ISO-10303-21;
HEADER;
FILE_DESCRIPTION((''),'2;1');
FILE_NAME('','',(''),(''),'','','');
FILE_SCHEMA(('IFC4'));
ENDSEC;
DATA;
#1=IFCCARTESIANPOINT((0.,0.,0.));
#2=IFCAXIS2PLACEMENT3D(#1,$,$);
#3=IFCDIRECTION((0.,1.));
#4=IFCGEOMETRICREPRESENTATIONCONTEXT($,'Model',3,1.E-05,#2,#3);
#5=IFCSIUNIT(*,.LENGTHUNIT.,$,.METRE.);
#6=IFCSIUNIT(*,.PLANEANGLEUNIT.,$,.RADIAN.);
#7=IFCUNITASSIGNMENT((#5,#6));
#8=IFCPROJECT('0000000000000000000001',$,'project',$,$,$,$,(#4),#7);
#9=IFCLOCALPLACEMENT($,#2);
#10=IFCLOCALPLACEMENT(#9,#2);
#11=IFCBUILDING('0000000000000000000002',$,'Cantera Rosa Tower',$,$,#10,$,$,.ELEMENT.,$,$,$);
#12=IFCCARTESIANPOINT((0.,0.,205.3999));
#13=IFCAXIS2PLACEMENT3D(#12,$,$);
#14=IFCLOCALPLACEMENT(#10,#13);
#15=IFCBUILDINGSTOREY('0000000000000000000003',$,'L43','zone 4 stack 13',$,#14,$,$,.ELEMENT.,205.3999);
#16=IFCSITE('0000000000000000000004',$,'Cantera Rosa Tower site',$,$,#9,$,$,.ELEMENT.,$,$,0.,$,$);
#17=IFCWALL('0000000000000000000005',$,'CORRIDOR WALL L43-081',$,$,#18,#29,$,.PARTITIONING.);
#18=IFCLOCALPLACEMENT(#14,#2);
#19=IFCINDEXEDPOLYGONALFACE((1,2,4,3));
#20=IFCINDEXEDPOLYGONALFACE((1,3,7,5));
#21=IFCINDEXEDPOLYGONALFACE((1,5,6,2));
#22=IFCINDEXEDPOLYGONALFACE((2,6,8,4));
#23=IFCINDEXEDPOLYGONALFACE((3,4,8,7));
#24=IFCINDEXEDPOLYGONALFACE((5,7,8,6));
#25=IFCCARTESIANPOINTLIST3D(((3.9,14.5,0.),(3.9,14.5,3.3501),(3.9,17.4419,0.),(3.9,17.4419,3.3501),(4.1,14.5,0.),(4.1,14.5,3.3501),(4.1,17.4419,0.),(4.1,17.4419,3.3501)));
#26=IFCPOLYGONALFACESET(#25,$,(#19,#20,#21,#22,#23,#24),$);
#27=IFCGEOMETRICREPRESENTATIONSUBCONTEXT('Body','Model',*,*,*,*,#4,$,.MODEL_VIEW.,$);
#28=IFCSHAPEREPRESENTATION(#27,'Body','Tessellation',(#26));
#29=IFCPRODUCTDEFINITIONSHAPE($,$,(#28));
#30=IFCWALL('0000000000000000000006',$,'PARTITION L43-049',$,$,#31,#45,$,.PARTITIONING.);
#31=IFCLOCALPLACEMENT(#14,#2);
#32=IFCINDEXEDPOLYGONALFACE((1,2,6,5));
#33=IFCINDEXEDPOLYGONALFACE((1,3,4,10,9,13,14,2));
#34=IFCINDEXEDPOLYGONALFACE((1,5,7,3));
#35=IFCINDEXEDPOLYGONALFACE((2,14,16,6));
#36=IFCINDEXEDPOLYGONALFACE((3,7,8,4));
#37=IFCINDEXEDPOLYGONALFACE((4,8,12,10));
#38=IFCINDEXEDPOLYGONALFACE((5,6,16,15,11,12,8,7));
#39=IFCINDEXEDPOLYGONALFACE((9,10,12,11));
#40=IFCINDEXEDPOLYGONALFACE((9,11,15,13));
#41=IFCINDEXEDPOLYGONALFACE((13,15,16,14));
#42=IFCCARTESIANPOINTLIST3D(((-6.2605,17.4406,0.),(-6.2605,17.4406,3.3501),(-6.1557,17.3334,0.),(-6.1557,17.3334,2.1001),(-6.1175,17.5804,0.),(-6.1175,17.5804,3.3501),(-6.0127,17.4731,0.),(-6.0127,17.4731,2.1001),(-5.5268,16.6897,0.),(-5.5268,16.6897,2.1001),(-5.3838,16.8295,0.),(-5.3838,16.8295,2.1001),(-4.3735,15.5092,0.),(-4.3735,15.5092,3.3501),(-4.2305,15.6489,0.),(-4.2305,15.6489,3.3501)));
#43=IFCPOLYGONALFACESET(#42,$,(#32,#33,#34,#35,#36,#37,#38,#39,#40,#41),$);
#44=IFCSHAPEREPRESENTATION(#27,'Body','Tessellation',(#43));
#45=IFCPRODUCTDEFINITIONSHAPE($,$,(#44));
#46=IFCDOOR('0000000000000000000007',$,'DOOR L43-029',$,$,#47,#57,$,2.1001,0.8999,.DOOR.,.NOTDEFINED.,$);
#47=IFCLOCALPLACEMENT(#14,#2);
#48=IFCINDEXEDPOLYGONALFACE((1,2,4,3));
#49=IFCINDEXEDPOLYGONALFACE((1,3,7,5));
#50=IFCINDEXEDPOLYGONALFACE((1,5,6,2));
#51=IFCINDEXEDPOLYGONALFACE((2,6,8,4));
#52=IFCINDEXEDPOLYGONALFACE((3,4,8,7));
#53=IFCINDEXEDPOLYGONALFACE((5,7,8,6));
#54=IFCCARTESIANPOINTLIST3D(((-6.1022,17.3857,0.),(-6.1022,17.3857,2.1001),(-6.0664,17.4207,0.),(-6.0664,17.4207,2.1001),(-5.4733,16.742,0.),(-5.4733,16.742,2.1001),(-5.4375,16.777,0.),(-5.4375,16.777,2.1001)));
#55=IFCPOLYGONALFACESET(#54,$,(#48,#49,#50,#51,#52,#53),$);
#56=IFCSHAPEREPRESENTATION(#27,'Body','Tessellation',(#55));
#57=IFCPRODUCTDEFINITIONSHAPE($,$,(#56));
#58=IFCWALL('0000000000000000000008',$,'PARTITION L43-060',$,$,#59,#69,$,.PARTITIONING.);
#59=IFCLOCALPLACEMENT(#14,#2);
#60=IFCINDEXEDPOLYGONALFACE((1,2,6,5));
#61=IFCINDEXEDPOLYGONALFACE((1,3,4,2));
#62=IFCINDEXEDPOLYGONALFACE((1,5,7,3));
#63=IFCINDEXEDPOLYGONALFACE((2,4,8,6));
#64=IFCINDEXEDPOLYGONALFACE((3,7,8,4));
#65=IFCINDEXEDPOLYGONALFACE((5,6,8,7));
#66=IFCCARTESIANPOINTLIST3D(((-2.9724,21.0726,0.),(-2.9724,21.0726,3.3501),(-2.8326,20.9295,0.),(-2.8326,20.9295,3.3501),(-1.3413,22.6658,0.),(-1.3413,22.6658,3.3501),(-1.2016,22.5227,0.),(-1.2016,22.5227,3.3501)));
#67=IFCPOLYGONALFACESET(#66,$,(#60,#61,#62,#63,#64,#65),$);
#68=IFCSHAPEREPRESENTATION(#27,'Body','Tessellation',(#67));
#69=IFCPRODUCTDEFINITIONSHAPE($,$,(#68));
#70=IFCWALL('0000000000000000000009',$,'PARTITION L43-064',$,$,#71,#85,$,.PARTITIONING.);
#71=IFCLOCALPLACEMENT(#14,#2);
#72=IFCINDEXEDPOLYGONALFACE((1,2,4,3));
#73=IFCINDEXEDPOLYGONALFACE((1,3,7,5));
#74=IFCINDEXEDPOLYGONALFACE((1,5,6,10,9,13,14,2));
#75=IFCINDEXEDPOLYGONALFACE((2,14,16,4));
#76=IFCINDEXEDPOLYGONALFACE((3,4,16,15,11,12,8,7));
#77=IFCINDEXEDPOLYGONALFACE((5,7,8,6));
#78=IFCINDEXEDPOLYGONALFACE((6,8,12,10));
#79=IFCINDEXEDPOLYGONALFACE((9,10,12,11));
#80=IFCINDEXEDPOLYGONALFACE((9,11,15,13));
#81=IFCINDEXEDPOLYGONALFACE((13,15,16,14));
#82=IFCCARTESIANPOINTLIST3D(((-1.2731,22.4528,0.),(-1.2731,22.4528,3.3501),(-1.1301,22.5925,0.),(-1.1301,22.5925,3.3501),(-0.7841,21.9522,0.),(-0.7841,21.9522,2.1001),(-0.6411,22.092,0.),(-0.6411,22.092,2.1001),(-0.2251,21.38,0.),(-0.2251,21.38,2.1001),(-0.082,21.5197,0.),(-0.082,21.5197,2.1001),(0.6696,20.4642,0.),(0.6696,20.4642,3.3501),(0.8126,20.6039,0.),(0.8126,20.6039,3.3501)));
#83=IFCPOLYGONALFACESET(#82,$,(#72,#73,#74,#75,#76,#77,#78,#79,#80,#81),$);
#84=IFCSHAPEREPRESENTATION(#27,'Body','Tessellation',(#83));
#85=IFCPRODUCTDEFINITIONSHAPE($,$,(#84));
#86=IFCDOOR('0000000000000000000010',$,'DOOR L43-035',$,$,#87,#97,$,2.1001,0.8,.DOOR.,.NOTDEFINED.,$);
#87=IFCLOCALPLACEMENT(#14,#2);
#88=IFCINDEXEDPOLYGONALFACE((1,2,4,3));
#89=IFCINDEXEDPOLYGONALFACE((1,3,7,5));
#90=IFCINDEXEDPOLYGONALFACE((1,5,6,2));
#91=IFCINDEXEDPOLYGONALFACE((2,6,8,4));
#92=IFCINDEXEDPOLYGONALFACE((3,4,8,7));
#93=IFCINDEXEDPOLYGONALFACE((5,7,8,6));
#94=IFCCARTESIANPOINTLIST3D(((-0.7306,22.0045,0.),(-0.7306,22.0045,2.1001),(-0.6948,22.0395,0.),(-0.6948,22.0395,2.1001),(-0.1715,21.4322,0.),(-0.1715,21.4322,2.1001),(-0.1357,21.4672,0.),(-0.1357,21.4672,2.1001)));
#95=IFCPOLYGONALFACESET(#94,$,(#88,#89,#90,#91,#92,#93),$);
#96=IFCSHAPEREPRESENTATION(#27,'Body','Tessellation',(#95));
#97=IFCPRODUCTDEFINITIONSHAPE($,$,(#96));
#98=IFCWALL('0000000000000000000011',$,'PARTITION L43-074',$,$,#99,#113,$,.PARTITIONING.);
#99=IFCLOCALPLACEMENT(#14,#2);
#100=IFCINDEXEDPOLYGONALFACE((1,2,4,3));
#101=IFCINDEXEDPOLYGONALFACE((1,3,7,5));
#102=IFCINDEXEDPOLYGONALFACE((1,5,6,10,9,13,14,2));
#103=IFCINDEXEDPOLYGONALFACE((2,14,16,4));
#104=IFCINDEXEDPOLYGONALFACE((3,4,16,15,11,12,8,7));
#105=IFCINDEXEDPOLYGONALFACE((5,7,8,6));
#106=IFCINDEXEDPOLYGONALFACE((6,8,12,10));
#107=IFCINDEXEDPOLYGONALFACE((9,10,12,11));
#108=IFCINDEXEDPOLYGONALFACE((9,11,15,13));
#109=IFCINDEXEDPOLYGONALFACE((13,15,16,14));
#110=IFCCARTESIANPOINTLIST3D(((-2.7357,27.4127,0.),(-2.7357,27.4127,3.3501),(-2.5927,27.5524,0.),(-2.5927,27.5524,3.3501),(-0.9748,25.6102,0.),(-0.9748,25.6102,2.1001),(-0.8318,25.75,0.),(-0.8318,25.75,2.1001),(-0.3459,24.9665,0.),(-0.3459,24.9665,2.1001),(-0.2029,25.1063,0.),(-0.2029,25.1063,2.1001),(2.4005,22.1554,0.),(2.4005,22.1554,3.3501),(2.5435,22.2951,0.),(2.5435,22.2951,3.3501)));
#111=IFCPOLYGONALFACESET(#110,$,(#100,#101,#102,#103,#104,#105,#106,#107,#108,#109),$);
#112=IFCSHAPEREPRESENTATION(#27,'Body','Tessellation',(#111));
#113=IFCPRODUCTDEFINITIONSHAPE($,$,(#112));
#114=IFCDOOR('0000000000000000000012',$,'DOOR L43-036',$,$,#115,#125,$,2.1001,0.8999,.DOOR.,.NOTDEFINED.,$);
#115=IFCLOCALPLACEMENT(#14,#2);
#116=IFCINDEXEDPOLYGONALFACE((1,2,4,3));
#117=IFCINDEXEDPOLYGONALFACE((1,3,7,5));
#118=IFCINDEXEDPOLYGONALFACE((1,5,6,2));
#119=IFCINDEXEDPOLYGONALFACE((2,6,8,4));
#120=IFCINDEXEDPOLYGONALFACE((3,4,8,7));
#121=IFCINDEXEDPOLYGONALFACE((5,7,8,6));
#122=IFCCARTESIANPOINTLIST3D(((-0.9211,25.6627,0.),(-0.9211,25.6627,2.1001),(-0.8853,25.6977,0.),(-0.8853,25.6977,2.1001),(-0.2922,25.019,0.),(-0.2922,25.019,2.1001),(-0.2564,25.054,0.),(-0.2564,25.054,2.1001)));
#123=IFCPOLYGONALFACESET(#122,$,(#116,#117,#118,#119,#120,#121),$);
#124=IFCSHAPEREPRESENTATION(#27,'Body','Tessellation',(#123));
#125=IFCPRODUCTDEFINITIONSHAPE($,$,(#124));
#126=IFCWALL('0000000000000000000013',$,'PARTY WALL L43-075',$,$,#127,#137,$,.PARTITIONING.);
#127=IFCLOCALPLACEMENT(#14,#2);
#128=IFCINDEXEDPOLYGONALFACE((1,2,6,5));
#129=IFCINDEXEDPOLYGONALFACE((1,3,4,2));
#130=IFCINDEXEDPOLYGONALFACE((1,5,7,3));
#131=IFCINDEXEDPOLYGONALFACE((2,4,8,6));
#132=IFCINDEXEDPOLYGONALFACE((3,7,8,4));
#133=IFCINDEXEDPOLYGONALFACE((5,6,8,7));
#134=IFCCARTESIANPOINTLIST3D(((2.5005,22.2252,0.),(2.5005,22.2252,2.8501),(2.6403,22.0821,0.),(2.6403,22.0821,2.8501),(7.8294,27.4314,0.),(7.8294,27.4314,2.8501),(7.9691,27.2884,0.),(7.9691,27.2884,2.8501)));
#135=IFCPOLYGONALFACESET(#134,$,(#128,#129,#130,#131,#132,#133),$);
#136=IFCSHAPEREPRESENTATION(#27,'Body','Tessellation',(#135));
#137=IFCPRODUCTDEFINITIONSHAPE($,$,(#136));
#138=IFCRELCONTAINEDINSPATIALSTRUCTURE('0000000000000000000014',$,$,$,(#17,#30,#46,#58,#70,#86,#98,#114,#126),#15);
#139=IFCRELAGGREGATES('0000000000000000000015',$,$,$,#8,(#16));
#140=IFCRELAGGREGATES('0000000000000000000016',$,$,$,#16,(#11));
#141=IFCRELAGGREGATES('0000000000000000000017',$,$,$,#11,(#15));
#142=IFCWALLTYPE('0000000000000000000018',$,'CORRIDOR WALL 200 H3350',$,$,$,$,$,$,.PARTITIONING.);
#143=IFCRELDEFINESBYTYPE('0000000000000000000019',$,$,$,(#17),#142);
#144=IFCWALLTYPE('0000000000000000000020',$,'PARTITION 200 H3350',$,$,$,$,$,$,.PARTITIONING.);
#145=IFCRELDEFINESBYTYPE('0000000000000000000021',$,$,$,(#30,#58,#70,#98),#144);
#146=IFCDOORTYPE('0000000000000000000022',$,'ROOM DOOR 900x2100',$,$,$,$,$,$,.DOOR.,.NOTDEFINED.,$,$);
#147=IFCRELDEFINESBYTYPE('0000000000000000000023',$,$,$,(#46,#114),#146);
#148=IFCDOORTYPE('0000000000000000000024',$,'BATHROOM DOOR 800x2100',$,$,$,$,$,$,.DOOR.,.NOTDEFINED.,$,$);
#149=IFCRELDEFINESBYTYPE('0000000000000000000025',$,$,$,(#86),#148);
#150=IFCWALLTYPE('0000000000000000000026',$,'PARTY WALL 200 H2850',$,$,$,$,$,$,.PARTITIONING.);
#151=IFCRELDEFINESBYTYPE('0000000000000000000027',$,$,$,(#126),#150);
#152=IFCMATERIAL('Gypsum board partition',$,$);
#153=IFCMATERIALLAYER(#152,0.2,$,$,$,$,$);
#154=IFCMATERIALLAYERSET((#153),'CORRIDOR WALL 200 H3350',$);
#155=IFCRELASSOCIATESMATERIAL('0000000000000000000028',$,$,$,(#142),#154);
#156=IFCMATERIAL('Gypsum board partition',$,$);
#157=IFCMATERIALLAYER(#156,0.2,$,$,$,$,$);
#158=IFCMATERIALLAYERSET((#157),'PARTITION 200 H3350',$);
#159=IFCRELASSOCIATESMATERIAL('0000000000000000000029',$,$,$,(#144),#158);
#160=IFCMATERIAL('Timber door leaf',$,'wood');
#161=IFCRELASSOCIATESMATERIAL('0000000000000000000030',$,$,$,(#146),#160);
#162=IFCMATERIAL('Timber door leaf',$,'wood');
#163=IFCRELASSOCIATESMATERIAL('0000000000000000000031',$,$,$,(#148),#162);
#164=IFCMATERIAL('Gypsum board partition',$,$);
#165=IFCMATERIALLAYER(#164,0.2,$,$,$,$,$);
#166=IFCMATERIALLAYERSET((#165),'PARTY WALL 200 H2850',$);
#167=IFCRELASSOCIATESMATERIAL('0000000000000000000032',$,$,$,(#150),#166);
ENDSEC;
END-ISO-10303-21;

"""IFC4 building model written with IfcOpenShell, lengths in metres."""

from ifc_helpers import new_model, si_unit, direction, frame, frame_2d, origin, place, context, subcontext, project, spatial, rectangle, extrude, material, layer, layer_set, type_object, element, fill, save


model = new_model("IFC4")

# Units and contexts
model_context = context("Model", 3, precision=1e-05, world=origin(), true_north=direction((0.0, 1.0)))
body_context = subcontext(model_context, "Body", "Model", "MODEL_VIEW")
ifc_project = project(units=[si_unit("LENGTHUNIT", "METRE"), si_unit("PLANEANGLEUNIT", "RADIAN")], contexts=[model_context])

# Site, building, storey
site_placement = place(None, origin())
site = spatial("IfcSite", under=ifc_project, at=site_placement, Name="Cantera Rosa Tower site", CompositionType="ELEMENT", RefElevation=0.0)
building_placement = place(site_placement, origin())
building = spatial("IfcBuilding", under=site, at=building_placement, Name="Cantera Rosa Tower", CompositionType="ELEMENT")
storey_placement = place(building_placement, frame((0.0, 0.0, 205.3999)))
storey = spatial("IfcBuildingStorey", under=building, at=storey_placement, Name="L43", Description="zone 4 stack 13", CompositionType="ELEMENT", Elevation=205.3999)

# Shared definitions
ifc_material_1 = material(Name="Gypsum board partition")
ifc_layer_1 = layer(ifc_material_1, 0.2)
ifc_layer_set_1 = layer_set([ifc_layer_1], Name="CORRIDOR WALL 200 H3350")
wall_type_1 = type_object("IfcWallType", Name="CORRIDOR WALL 200 H3350", PredefinedType="PARTITIONING", material=ifc_layer_set_1)

# Wall
wall_1_placement = place(storey_placement, frame((4.0, 14.5, 0.0), z_axis=(0.0, 0.0, 1.0), x_axis=(0.0, 1.0, 0.0)))
element("IfcWall", 1, at=wall_1_placement, inside=storey, type_object=wall_type_1, Name="CORRIDOR WALL L43-081", PredefinedType="PARTITIONING", context=body_context, shape_type="SweptSolid", body=[
    extrude(rectangle(XDim=2.9419, YDim=0.2, at=frame_2d((1.4709, 0.0))), origin(), (0.0, 0.0, 1.0), 3.3501),
])

# Wall, opening, door
ifc_material_2 = material(Name="Gypsum board partition")
ifc_layer_2 = layer(ifc_material_2, 0.2)
ifc_layer_set_2 = layer_set([ifc_layer_2], Name="PARTITION 200 H3350")
wall_type_2 = type_object("IfcWallType", Name="PARTITION 200 H3350", PredefinedType="PARTITIONING", material=ifc_layer_set_2)
wall_2_placement = place(storey_placement, frame((-6.189, 17.5105, 0.0), z_axis=(0.0, 0.0, 1.0), x_axis=(0.698831, -0.715287, 0.0)))
wall_2 = element("IfcWall", 2, at=wall_2_placement, inside=storey, type_object=wall_type_2, Name="PARTITION L43-049", PredefinedType="PARTITIONING", context=body_context, shape_type="SweptSolid", body=[
    extrude(rectangle(XDim=2.7002, YDim=0.2, at=frame_2d((1.3501, 0.0))), origin(), (0.0, 0.0, 1.0), 3.3501),
])
opening_1_placement = place(wall_2_placement, frame((0.1499, 0.0, 0.0)))
opening_1 = element("IfcOpeningElement", 3, at=opening_1_placement, cuts=wall_2, PredefinedType="OPENING", context=body_context, shape_type="SweptSolid", body=[
    extrude(rectangle(XDim=0.8999, YDim=2.1001, at=frame_2d((0.45, 1.05))), frame((0.0, 0.1099, 0.0), z_axis=(0.0, -1.0, 0.0), x_axis=(1.0, 0.0, 0.0)), (0.0, 0.0, 1.0), 0.22),
])
ifc_material_3 = material(Name="Timber door leaf", Category="wood")
door_type_1 = type_object("IfcDoorType", Name="ROOM DOOR 900x2100", OperationType="NOTDEFINED", PredefinedType="DOOR", material=ifc_material_3)
door_1_placement = place(opening_1_placement, origin())
door_1 = element("IfcDoor", 4, at=door_1_placement, inside=storey, type_object=door_type_1, Name="DOOR L43-029", OperationType="NOTDEFINED", OverallHeight=2.1001, OverallWidth=0.8999, PredefinedType="DOOR", context=body_context, shape_type="SweptSolid", body=[
    extrude(rectangle(XDim=0.8999, YDim=2.1001, at=frame_2d((0.45, 1.05))), frame((0.0, 0.0249, 0.0), z_axis=(0.0, -1.0, 0.0), x_axis=(1.0, 0.0, 0.0)), (0.0, 0.0, 1.0), 0.05),
])
fill(opening_1, door_1)

# Wall
wall_3_placement = place(storey_placement, frame((-2.9026, 21.001, 0.0), z_axis=(0.0, 0.0, 1.0), x_axis=(0.715356, 0.69876, 0.0)))
element("IfcWall", 5, at=wall_3_placement, inside=storey, type_object=wall_type_2, Name="PARTITION L43-060", PredefinedType="PARTITIONING", context=body_context, shape_type="SweptSolid", body=[
    extrude(rectangle(XDim=2.28, YDim=0.2, at=frame_2d((1.1401, 0.0))), origin(), (0.0, 0.0, 1.0), 3.3501),
])

# Walls, openings, doors
wall_4_placement = place(storey_placement, frame((-1.2017, 22.5227, 0.0), z_axis=(0.0, 0.0, 1.0), x_axis=(0.698803, -0.715314, 0.0)))
wall_4 = element("IfcWall", 6, at=wall_4_placement, inside=storey, type_object=wall_type_2, Name="PARTITION L43-064", PredefinedType="PARTITIONING", context=body_context, shape_type="SweptSolid", body=[
    extrude(rectangle(XDim=2.78, YDim=0.2, at=frame_2d((1.3901, 0.0))), origin(), (0.0, 0.0, 1.0), 3.3501),
])
opening_2_placement = place(wall_4_placement, frame((0.7, 0.0, 0.0)))
opening_2 = element("IfcOpeningElement", 7, at=opening_2_placement, cuts=wall_4, PredefinedType="OPENING", context=body_context, shape_type="SweptSolid", body=[
    extrude(rectangle(XDim=0.8, YDim=2.1001, at=frame_2d((0.3999, 1.05))), frame((0.0, 0.1099, 0.0), z_axis=(0.0, -1.0, 0.0), x_axis=(1.0, 0.0, 0.0)), (0.0, 0.0, 1.0), 0.22),
])
ifc_material_4 = material(Name="Timber door leaf", Category="wood")
door_type_2 = type_object("IfcDoorType", Name="BATHROOM DOOR 800x2100", OperationType="NOTDEFINED", PredefinedType="DOOR", material=ifc_material_4)
door_2_placement = place(opening_2_placement, origin())
door_2 = element("IfcDoor", 8, at=door_2_placement, inside=storey, type_object=door_type_2, Name="DOOR L43-035", OperationType="NOTDEFINED", OverallHeight=2.1001, OverallWidth=0.8, PredefinedType="DOOR", context=body_context, shape_type="SweptSolid", body=[
    extrude(rectangle(XDim=0.8, YDim=2.1001, at=frame_2d((0.3999, 1.05))), frame((0.0, 0.0249, 0.0), z_axis=(0.0, -1.0, 0.0), x_axis=(1.0, 0.0, 0.0)), (0.0, 0.0, 1.0), 0.05),
])
fill(opening_2, door_2)
wall_5_placement = place(storey_placement, frame((2.4719, 22.2253, 0.0), z_axis=(0.0, 0.0, 1.0), x_axis=(-0.698821, 0.715297, 0.0)))
wall_5 = element("IfcWall", 9, at=wall_5_placement, inside=storey, type_object=wall_type_2, Name="PARTITION L43-074", PredefinedType="PARTITIONING", context=body_context, shape_type="SweptSolid", body=[
    extrude(rectangle(XDim=7.3499, YDim=0.2, at=frame_2d((3.6748, 0.0))), origin(), (0.0, 0.0, 1.0), 3.3501),
])
opening_3_placement = place(wall_5_placement, frame((3.9299, 0.0, 0.0)))
opening_3 = element("IfcOpeningElement", 10, at=opening_3_placement, cuts=wall_5, PredefinedType="OPENING", context=body_context, shape_type="SweptSolid", body=[
    extrude(rectangle(XDim=0.8999, YDim=2.1001, at=frame_2d((0.45, 1.05))), frame((0.0, 0.1099, 0.0), z_axis=(0.0, -1.0, 0.0), x_axis=(1.0, 0.0, 0.0)), (0.0, 0.0, 1.0), 0.22),
])
door_3_placement = place(opening_3_placement, origin())
door_3 = element("IfcDoor", 11, at=door_3_placement, inside=storey, type_object=door_type_1, Name="DOOR L43-036", OperationType="NOTDEFINED", OverallHeight=2.1001, OverallWidth=0.8999, PredefinedType="DOOR", context=body_context, shape_type="SweptSolid", body=[
    extrude(rectangle(XDim=0.8999, YDim=2.1001, at=frame_2d((0.45, 1.05))), frame((0.0, 0.0249, 0.0), z_axis=(0.0, -1.0, 0.0), x_axis=(1.0, 0.0, 0.0)), (0.0, 0.0, 1.0), 0.05),
])
fill(opening_3, door_3)

# Wall
ifc_material_5 = material(Name="Gypsum board partition")
ifc_layer_3 = layer(ifc_material_5, 0.2)
ifc_layer_set_3 = layer_set([ifc_layer_3], Name="PARTY WALL 200 H2850")
wall_type_3 = type_object("IfcWallType", Name="PARTY WALL 200 H2850", PredefinedType="PARTITIONING", material=ifc_layer_set_3)
wall_6_placement = place(storey_placement, frame((2.5703, 22.1536, 0.0), z_axis=(0.0, 0.0, 1.0), x_axis=(0.715284, 0.698834, 0.0)))
element("IfcWall", 12, at=wall_6_placement, inside=storey, type_object=wall_type_3, Name="PARTY WALL L43-075", PredefinedType="PARTITIONING", context=body_context, shape_type="SweptSolid", body=[
    extrude(rectangle(XDim=7.45, YDim=0.2, at=frame_2d((3.7251, 0.0))), origin(), (0.0, 0.0, 1.0), 2.8501),
])

save(model, "model.ifc")
